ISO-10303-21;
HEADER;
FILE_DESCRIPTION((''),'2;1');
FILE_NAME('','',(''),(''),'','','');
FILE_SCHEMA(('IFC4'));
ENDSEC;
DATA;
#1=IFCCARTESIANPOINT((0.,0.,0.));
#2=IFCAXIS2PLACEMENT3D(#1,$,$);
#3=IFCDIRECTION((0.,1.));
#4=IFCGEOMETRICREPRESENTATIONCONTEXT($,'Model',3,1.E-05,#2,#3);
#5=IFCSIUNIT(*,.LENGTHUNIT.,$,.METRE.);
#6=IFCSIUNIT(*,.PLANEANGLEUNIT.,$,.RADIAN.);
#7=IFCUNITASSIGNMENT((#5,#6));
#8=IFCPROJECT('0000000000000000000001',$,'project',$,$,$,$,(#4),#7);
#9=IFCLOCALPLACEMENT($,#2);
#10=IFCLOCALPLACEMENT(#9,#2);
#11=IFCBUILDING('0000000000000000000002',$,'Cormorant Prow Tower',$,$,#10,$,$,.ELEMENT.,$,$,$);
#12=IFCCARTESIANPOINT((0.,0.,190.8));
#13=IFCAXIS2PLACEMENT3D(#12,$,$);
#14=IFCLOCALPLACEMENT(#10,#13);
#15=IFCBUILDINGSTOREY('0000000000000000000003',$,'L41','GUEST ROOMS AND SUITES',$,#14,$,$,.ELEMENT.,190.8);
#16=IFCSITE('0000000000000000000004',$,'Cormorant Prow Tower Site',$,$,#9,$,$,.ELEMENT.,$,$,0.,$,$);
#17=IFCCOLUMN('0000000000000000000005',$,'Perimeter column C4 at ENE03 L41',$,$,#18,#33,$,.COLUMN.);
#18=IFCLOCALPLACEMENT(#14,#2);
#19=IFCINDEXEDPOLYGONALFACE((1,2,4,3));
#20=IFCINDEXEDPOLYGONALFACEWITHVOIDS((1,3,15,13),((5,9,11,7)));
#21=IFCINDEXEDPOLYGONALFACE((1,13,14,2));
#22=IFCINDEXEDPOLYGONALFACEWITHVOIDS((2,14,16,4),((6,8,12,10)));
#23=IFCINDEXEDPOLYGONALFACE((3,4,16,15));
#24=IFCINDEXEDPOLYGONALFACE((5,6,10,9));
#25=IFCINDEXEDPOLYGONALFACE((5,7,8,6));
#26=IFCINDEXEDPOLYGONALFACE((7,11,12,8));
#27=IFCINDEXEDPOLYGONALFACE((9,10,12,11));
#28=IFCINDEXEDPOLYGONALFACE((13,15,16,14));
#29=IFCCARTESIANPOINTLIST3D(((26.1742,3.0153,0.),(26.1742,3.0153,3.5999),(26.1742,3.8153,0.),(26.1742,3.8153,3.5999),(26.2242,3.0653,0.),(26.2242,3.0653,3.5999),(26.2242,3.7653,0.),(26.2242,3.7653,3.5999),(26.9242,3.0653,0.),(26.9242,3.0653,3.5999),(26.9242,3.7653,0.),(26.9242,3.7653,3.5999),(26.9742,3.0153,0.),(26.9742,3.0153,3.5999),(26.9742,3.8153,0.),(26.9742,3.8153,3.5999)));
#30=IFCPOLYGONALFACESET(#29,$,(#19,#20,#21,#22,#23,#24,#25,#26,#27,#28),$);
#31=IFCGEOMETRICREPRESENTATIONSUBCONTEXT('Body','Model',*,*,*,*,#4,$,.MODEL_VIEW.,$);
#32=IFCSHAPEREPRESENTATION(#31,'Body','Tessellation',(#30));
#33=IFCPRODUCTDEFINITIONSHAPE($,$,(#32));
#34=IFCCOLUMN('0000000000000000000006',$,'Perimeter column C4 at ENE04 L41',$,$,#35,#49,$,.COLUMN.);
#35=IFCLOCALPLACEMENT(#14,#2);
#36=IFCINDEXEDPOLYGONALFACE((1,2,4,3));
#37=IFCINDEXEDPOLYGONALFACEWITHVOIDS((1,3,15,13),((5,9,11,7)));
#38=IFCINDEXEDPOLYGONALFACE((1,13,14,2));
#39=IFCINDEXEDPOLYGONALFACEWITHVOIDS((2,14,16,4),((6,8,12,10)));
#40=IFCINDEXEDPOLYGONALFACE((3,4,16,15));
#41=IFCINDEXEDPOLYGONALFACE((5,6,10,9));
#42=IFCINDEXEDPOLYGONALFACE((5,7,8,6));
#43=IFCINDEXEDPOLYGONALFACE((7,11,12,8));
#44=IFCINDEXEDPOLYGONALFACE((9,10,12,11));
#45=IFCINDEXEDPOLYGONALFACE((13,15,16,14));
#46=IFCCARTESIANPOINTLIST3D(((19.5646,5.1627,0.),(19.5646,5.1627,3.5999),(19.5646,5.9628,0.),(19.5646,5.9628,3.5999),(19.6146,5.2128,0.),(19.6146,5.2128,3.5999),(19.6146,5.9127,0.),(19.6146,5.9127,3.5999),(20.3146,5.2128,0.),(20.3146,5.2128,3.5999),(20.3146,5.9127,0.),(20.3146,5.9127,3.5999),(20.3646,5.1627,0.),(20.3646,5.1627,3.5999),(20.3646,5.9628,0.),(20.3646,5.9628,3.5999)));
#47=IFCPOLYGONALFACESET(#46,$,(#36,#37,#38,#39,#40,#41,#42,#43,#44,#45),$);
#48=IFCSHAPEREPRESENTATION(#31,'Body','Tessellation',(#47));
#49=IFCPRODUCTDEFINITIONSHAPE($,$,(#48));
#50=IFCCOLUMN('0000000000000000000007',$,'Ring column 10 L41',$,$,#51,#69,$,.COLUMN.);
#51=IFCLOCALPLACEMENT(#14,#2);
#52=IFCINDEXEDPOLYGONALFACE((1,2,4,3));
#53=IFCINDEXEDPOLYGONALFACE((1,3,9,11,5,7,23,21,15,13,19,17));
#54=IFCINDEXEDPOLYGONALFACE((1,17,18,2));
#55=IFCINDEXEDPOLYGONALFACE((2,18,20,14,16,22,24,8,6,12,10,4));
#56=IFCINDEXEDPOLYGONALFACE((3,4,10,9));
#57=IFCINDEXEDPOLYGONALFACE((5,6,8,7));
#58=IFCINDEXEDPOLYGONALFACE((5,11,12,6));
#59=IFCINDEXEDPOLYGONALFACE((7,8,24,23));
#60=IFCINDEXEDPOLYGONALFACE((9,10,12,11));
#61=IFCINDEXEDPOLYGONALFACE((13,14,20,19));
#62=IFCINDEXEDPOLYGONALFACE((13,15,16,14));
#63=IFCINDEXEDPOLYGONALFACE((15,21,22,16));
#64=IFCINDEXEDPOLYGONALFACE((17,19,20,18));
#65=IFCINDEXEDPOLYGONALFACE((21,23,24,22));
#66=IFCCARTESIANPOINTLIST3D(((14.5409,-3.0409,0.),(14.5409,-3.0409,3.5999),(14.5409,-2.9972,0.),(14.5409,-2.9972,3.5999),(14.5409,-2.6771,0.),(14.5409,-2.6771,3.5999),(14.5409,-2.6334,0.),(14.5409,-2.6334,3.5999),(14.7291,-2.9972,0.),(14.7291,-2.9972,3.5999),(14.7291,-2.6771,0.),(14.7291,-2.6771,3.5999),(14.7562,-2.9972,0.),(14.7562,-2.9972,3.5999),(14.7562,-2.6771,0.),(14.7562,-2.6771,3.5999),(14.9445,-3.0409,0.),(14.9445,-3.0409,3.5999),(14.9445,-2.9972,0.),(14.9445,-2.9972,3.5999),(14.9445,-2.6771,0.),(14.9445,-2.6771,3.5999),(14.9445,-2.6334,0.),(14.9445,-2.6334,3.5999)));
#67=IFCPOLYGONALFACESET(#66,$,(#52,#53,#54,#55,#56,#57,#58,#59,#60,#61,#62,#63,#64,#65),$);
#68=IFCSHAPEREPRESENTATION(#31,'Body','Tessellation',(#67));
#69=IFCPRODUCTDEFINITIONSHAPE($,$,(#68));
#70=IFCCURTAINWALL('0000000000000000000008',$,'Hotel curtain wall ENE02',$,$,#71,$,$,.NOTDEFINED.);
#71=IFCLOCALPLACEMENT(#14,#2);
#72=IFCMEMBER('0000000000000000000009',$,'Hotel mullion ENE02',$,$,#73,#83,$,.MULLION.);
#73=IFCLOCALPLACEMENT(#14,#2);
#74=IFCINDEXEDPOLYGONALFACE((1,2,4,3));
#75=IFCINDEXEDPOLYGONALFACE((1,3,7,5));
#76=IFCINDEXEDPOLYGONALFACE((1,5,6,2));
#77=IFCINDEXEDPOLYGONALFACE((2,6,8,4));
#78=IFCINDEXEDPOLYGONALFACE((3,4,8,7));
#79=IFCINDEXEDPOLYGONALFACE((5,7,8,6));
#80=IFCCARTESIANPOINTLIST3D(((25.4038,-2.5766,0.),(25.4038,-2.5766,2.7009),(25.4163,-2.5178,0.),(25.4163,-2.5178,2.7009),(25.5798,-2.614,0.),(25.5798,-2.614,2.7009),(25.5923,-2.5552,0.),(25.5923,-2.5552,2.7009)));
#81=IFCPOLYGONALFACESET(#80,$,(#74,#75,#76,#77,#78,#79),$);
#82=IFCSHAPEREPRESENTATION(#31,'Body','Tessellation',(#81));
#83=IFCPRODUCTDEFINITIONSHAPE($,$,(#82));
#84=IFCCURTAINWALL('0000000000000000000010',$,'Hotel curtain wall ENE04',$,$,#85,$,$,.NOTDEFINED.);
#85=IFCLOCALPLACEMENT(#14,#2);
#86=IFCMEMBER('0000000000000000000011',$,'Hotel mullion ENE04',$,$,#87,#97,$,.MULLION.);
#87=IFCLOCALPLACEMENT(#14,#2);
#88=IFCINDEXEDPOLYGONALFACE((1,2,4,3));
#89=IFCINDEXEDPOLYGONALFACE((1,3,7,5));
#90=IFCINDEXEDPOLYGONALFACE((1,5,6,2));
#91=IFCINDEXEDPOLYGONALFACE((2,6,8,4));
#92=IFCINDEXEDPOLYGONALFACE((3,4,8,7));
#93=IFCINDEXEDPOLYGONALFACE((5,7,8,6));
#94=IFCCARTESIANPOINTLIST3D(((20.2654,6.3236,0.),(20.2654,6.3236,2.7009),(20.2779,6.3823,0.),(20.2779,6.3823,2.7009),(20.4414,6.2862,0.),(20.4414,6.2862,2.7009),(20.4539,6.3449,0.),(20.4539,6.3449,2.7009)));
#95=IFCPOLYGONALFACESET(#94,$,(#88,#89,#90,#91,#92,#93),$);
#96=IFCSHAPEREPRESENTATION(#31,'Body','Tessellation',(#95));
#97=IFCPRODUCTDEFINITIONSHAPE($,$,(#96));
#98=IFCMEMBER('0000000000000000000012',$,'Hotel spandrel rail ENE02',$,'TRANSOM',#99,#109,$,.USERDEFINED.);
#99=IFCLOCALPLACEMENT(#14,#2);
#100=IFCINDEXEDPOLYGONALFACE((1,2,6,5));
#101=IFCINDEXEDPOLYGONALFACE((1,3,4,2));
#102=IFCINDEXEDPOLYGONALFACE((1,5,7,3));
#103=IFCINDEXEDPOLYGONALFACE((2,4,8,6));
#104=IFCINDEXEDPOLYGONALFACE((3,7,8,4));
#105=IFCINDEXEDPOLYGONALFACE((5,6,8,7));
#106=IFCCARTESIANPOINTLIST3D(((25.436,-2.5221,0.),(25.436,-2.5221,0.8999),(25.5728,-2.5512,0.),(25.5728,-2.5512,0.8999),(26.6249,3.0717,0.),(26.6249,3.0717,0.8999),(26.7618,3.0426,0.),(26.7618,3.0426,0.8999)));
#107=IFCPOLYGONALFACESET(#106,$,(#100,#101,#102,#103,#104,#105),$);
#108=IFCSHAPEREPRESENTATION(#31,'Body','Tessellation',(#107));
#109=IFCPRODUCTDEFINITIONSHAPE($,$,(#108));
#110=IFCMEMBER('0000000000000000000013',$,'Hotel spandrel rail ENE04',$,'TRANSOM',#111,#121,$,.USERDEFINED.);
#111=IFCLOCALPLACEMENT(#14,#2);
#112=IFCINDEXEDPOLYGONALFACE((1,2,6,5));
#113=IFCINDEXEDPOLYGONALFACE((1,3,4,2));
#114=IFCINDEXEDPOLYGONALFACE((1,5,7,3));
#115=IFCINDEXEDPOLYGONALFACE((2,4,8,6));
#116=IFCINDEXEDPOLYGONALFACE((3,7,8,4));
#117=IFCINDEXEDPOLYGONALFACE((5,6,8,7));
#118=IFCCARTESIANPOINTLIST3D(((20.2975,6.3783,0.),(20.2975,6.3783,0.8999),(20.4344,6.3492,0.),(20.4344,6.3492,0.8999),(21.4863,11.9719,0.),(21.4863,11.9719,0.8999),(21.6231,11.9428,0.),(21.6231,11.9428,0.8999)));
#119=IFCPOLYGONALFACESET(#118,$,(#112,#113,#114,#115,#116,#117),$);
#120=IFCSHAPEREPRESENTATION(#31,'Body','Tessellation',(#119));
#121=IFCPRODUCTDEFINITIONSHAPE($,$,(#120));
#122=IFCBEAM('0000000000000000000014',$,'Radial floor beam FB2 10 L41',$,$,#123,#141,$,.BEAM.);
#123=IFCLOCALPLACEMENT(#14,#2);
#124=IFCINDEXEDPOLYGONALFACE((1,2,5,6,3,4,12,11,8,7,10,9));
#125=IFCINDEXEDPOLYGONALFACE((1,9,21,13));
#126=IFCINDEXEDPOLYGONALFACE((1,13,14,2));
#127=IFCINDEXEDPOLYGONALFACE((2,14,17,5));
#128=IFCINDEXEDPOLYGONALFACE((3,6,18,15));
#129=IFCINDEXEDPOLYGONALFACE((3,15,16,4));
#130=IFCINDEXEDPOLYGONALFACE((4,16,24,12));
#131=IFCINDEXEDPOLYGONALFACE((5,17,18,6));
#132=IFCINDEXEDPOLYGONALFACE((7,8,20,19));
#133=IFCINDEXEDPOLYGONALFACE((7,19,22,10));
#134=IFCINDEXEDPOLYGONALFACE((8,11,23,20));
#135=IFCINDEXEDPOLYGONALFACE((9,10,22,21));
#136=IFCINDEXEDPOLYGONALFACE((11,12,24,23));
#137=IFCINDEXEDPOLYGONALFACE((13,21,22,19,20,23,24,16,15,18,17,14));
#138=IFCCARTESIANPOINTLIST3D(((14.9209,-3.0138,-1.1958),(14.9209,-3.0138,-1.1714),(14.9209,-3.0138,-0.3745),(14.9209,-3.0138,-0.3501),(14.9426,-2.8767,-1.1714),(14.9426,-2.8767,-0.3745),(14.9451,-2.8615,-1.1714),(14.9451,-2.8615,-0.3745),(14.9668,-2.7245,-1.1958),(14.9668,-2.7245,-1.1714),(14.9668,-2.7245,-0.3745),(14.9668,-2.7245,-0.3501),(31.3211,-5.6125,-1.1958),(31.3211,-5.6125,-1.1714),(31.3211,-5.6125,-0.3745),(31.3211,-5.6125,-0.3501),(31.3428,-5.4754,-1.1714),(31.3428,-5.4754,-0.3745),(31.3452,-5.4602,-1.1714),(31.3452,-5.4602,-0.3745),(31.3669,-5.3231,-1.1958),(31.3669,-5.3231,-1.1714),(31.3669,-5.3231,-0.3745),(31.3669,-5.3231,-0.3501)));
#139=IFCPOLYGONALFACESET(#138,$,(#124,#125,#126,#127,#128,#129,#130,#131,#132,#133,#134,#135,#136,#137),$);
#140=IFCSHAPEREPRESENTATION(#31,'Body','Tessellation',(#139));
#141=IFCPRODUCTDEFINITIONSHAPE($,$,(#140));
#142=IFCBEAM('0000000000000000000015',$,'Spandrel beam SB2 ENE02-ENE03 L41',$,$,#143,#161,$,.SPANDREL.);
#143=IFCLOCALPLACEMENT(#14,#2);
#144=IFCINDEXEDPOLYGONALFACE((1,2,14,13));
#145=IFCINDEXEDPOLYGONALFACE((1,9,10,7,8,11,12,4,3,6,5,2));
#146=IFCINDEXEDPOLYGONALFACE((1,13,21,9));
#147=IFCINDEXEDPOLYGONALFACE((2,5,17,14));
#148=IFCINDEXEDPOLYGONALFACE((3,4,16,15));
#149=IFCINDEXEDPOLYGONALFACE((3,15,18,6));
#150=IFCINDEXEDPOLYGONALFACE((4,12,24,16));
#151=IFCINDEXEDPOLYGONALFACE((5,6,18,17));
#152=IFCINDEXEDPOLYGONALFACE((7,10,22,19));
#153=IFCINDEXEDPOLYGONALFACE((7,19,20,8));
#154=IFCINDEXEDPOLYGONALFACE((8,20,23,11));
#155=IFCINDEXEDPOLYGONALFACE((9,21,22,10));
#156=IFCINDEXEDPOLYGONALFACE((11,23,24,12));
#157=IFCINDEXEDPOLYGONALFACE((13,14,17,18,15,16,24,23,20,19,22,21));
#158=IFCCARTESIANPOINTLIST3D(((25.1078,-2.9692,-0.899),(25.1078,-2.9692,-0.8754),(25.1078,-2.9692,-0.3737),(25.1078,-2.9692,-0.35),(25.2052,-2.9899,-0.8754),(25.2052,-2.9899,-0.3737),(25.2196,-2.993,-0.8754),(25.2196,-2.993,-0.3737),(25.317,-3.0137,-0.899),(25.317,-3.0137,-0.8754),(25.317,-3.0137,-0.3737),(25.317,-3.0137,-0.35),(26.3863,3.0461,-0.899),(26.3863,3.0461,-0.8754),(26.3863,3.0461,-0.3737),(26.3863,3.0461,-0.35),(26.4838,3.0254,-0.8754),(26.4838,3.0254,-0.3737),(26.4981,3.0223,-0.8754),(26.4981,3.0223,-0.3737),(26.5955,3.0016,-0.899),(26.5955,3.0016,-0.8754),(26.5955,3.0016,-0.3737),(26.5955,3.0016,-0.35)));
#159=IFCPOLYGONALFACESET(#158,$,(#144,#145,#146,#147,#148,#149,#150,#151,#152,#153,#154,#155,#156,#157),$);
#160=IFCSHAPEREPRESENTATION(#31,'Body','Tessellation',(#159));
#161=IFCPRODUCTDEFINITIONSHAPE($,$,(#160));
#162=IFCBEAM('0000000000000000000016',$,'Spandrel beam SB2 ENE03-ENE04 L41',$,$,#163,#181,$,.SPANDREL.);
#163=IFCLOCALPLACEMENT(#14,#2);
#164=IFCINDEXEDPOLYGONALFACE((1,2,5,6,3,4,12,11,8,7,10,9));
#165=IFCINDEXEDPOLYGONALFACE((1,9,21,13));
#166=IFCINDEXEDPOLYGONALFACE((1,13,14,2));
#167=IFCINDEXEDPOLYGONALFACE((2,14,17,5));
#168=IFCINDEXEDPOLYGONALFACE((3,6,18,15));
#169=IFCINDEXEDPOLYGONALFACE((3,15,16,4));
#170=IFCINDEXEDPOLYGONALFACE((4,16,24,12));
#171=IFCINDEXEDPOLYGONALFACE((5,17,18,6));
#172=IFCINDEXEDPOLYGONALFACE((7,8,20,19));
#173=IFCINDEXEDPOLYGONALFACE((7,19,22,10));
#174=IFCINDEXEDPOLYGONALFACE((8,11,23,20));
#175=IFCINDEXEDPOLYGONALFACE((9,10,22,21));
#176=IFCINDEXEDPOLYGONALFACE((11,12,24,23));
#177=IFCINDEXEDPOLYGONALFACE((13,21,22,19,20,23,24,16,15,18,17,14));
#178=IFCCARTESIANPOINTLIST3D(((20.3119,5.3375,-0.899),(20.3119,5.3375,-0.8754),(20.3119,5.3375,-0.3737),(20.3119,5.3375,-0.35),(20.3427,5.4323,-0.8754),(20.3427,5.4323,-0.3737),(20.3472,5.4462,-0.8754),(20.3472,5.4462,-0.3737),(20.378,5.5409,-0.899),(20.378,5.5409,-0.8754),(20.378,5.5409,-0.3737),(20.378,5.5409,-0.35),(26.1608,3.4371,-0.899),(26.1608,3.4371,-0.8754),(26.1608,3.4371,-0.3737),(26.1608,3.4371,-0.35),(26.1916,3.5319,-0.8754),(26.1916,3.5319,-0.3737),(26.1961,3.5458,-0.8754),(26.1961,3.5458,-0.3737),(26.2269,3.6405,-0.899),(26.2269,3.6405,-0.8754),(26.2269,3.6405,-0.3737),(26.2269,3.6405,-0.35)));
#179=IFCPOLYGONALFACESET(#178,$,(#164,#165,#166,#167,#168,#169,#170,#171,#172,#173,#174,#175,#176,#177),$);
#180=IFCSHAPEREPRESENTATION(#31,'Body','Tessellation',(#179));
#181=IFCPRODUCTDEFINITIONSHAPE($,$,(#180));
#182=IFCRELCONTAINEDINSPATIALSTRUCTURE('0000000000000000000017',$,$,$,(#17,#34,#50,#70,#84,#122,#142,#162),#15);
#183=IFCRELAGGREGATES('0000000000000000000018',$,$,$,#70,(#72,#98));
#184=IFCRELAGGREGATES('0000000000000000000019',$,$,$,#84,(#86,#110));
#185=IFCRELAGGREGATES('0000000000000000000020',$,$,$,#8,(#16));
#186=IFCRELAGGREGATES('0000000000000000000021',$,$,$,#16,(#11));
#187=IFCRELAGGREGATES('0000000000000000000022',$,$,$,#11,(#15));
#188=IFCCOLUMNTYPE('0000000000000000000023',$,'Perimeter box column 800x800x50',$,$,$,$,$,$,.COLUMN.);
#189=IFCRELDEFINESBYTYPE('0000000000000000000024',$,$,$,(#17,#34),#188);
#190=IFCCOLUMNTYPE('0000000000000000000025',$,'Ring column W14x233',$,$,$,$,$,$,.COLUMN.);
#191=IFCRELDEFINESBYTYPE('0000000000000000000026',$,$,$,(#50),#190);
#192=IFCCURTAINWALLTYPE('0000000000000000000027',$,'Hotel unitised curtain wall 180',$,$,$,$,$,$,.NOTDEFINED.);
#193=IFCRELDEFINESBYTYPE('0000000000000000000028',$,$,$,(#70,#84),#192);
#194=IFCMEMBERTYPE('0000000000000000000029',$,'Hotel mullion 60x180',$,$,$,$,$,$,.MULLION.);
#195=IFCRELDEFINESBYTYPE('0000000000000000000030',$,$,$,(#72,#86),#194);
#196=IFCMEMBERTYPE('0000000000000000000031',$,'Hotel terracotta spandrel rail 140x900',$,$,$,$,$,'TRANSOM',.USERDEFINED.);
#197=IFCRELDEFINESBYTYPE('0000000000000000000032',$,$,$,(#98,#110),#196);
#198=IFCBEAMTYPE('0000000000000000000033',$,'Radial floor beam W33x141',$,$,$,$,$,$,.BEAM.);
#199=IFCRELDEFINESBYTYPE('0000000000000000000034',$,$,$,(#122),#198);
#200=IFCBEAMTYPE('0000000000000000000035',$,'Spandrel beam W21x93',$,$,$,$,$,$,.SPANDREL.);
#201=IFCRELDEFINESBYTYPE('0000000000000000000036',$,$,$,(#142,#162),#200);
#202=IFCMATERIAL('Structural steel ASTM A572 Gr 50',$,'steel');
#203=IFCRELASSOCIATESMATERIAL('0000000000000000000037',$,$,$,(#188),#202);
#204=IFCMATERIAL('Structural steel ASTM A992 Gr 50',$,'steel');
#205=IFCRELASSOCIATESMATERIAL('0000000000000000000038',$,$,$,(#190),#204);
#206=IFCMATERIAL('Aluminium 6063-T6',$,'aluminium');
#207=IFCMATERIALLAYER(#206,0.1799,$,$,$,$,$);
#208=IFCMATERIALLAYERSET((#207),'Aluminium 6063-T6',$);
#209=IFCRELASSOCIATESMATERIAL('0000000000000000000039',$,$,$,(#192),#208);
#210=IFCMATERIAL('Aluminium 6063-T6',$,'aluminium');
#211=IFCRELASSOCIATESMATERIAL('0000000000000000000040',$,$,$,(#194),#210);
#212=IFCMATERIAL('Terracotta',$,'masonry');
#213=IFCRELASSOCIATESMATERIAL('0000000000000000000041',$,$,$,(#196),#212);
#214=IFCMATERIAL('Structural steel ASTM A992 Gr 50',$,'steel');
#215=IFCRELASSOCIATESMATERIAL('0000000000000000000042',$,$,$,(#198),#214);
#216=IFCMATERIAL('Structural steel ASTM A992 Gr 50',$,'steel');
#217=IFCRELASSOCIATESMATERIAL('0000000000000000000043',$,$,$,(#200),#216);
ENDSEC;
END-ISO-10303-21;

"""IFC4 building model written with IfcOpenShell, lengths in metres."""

from ifc_helpers import new_model, si_unit, direction, frame, origin, origin_2d, place, context, subcontext, project, spatial, rectangle, hollow_rectangle, i_section, extrude, material, layer, layer_set, material_profile, profile_set, type_object, element, aggregate, save


model = new_model("IFC4")

# Units and contexts
model_context = context("Model", 3, precision=1e-05, world=origin(), true_north=direction((0.0, 1.0)))
body_context = subcontext(model_context, "Body", "Model", "MODEL_VIEW")
ifc_project = project(units=[si_unit("LENGTHUNIT", "METRE"), si_unit("PLANEANGLEUNIT", "RADIAN")], contexts=[model_context])

# Site, building, storey
site_placement = place(None, origin())
site = spatial("IfcSite", under=ifc_project, at=site_placement, Name="Cormorant Prow Tower Site", CompositionType="ELEMENT", RefElevation=0.0)
building_placement = place(site_placement, origin())
building = spatial("IfcBuilding", under=site, at=building_placement, Name="Cormorant Prow Tower", CompositionType="ELEMENT")
storey_placement = place(building_placement, frame((0.0, 0.0, 190.8)))
storey = spatial("IfcBuildingStorey", under=building, at=storey_placement, Name="L41", Description="GUEST ROOMS AND SUITES", CompositionType="ELEMENT", Elevation=190.8)

# Columns
ifc_material_1 = material(Name="Structural steel ASTM A572 Gr 50", Category="steel")
ifc_material_profile_1 = material_profile(ifc_material_1, hollow_rectangle(XDim=0.8, YDim=0.8, WallThickness=0.05, at=origin_2d()), Name="Box 800x800x50")
ifc_profile_set_1 = profile_set([ifc_material_profile_1], Name="Structural steel ASTM A572 Gr 50")
column_type_1 = type_object("IfcColumnType", Name="Perimeter box column 800x800x50", PredefinedType="COLUMN", material=ifc_profile_set_1)
for number, where, z_axis, x_axis, name in (
    (1, (26.5742, 3.4153, 0.0), (0.0, 0.0, 1.0), (1.0, 0.0, 0.0), "Perimeter column C4 at ENE03 L41"),
    (2, (19.9646, 5.5627, 0.0), (0.0, 0.0, 1.0), (1.0, 0.0, 0.0), "Perimeter column C4 at ENE04 L41"),
):
    element("IfcColumn", number, at=place(storey_placement, frame(where, z_axis=z_axis, x_axis=x_axis)), inside=storey, type_object=column_type_1, Name=name, PredefinedType="COLUMN", context=body_context, shape_type="SweptSolid", body=[
        extrude(hollow_rectangle(XDim=0.8, YDim=0.8, WallThickness=0.05, at=origin_2d()), origin(), (0.0, 0.0, 1.0), 3.5999),
    ])
ifc_material_2 = material(Name="Structural steel ASTM A992 Gr 50", Category="steel")
ifc_material_profile_2 = material_profile(ifc_material_2, i_section(OverallWidth=0.4036, OverallDepth=0.4075, WebThickness=0.0271, FlangeThickness=0.0437, at=origin_2d()), Name="W14x233")
ifc_profile_set_2 = profile_set([ifc_material_profile_2], Name="Structural steel ASTM A992 Gr 50")
column_type_2 = type_object("IfcColumnType", Name="Ring column W14x233", PredefinedType="COLUMN", material=ifc_profile_set_2)
column_placement = place(storey_placement, frame((14.7427, -2.8372, 0.0), z_axis=(0.0, 0.0, 1.0), x_axis=(1.0, 0.0, 0.0)))
element("IfcColumn", 3, at=column_placement, inside=storey, type_object=column_type_2, Name="Ring column 10 L41", PredefinedType="COLUMN", context=body_context, shape_type="SweptSolid", body=[
    extrude(i_section(OverallWidth=0.4036, OverallDepth=0.4075, WebThickness=0.0271, FlangeThickness=0.0437, at=origin_2d()), origin(), (0.0, 0.0, 1.0), 3.5999),
])

# Curtain walls, members
ifc_material_3 = material(Name="Aluminium 6063-T6", Category="aluminium")
ifc_layer_1 = layer(ifc_material_3, 0.1799)
ifc_layer_set_1 = layer_set([ifc_layer_1], Name="Aluminium 6063-T6")
curtain_wall_type = type_object("IfcCurtainWallType", Name="Hotel unitised curtain wall 180", PredefinedType="NOTDEFINED", material=ifc_layer_set_1)
curtain_wall_1_placement = place(storey_placement, origin())
curtain_wall_1 = element("IfcCurtainWall", 4, at=curtain_wall_1_placement, inside=storey, type_object=curtain_wall_type, Name="Hotel curtain wall ENE02", PredefinedType="NOTDEFINED")
ifc_material_4 = material(Name="Aluminium 6063-T6", Category="aluminium")
ifc_material_profile_3 = material_profile(ifc_material_4, rectangle(XDim=0.1799, YDim=0.0601, at=origin_2d()), Name="Hotel mullion 60x180")
ifc_profile_set_3 = profile_set([ifc_material_profile_3], Name="Aluminium 6063-T6")
member_type_1 = type_object("IfcMemberType", Name="Hotel mullion 60x180", PredefinedType="MULLION", material=ifc_profile_set_3)
member_1_placement = place(storey_placement, frame((25.498, -2.5659, 0.0), z_axis=(0.0, 0.0, 1.0), x_axis=(-0.978148, 0.207912, 0.0)))
member_1 = element("IfcMember", 5, at=member_1_placement, type_object=member_type_1, Name="Hotel mullion ENE02", PredefinedType="MULLION", context=body_context, shape_type="SweptSolid", body=[
    extrude(rectangle(XDim=0.1799, YDim=0.0601, at=origin_2d()), origin(), (0.0, 0.0, 1.0), 2.7009),
])
curtain_wall_2_placement = place(storey_placement, origin())
curtain_wall_2 = element("IfcCurtainWall", 6, at=curtain_wall_2_placement, inside=storey, type_object=curtain_wall_type, Name="Hotel curtain wall ENE04", PredefinedType="NOTDEFINED")
member_2_placement = place(storey_placement, frame((20.3596, 6.3342, 0.0), z_axis=(0.0, 0.0, 1.0), x_axis=(-0.978148, 0.207912, 0.0)))
member_2 = element("IfcMember", 7, at=member_2_placement, type_object=member_type_1, Name="Hotel mullion ENE04", PredefinedType="MULLION", context=body_context, shape_type="SweptSolid", body=[
    extrude(rectangle(XDim=0.1799, YDim=0.0601, at=origin_2d()), origin(), (0.0, 0.0, 1.0), 2.7009),
])

# Members
ifc_material_5 = material(Name="Terracotta", Category="masonry")
ifc_material_profile_4 = material_profile(ifc_material_5, rectangle(XDim=0.1399, YDim=0.8999, at=origin_2d()), Name="Hotel terracotta spandrel rail 140x900")
ifc_profile_set_4 = profile_set([ifc_material_profile_4], Name="Terracotta")
member_type_2 = type_object("IfcMemberType", Name="Hotel terracotta spandrel rail 140x900", ElementType="TRANSOM", PredefinedType="USERDEFINED", material=ifc_profile_set_4)
member_3_placement = place(storey_placement, frame((25.5044, -2.5366, 0.45), z_axis=(0.207908, 0.978148, 0.0), x_axis=(-0.978148, 0.207908, 0.0)))
member_3 = element("IfcMember", 8, at=member_3_placement, type_object=member_type_2, Name="Hotel spandrel rail ENE02", ObjectType="TRANSOM", PredefinedType="USERDEFINED", context=body_context, shape_type="SweptSolid", body=[
    extrude(rectangle(XDim=0.1399, YDim=0.8999, at=origin_2d()), origin(), (0.0, 0.0, 1.0), 5.7188),
])
member_4_placement = place(storey_placement, frame((20.366, 6.3638, 0.45), z_axis=(0.207876, 0.978155, 0.0), x_axis=(-0.978155, 0.207876, 0.0)))
member_4 = element("IfcMember", 9, at=member_4_placement, type_object=member_type_2, Name="Hotel spandrel rail ENE04", ObjectType="TRANSOM", PredefinedType="USERDEFINED", context=body_context, shape_type="SweptSolid", body=[
    extrude(rectangle(XDim=0.1399, YDim=0.8999, at=origin_2d()), origin(), (0.0, 0.0, 1.0), 5.7185),
])

# Beams
ifc_material_6 = material(Name="Structural steel ASTM A992 Gr 50", Category="steel")
ifc_material_profile_5 = material_profile(ifc_material_6, i_section(OverallWidth=0.293, OverallDepth=0.8457, WebThickness=0.0154, FlangeThickness=0.0244, at=origin_2d()), Name="W33x141")
ifc_profile_set_5 = profile_set([ifc_material_profile_5], Name="Structural steel ASTM A992 Gr 50")
beam_type_1 = type_object("IfcBeamType", Name="Radial floor beam W33x141", PredefinedType="BEAM", material=ifc_profile_set_5)
beam_1_placement = place(storey_placement, frame((14.9438, -2.8691, -0.7729), z_axis=(0.987678, -0.156499, 0.0), x_axis=(0.156499, 0.987678, 0.0)))
element("IfcBeam", 10, at=beam_1_placement, inside=storey, type_object=beam_type_1, Name="Radial floor beam FB2 10 L41", PredefinedType="BEAM", context=body_context, shape_type="SweptSolid", body=[
    extrude(i_section(OverallWidth=0.293, OverallDepth=0.8457, WebThickness=0.0154, FlangeThickness=0.0244, at=origin_2d()), origin(), (0.0, 0.0, 1.0), 16.6047),
])
ifc_material_7 = material(Name="Structural steel ASTM A992 Gr 50", Category="steel")
ifc_material_profile_6 = material_profile(ifc_material_7, i_section(OverallWidth=0.2139, OverallDepth=0.5491, WebThickness=0.0146, FlangeThickness=0.0237, at=origin_2d()), Name="W21x93")
ifc_profile_set_6 = profile_set([ifc_material_profile_6], Name="Structural steel ASTM A992 Gr 50")
beam_type_2 = type_object("IfcBeamType", Name="Spandrel beam W21x93", PredefinedType="SPANDREL", material=ifc_profile_set_6)
beam_2_placement = place(storey_placement, frame((25.2124, -2.9915, -0.6245), z_axis=(0.207905, 0.978149, 0.0), x_axis=(-0.978149, 0.207905, 0.0)))
element("IfcBeam", 11, at=beam_2_placement, inside=storey, type_object=beam_type_2, Name="Spandrel beam SB2 ENE02-ENE03 L41", PredefinedType="SPANDREL", context=body_context, shape_type="SweptSolid", body=[
    extrude(i_section(OverallWidth=0.2139, OverallDepth=0.5491, WebThickness=0.0146, FlangeThickness=0.0237, at=origin_2d()), origin(), (0.0, 0.0, 1.0), 6.1497),
])
beam_3_placement = place(storey_placement, frame((26.1938, 3.5388, -0.6245), z_axis=(-0.951058, 0.309013, 0.0), x_axis=(-0.309013, -0.951058, 0.0)))
element("IfcBeam", 12, at=beam_3_placement, inside=storey, type_object=beam_type_2, Name="Spandrel beam SB2 ENE03-ENE04 L41", PredefinedType="SPANDREL", context=body_context, shape_type="SweptSolid", body=[
    extrude(i_section(OverallWidth=0.2139, OverallDepth=0.5491, WebThickness=0.0146, FlangeThickness=0.0237, at=origin_2d()), origin(), (0.0, 0.0, 1.0), 6.1499),
])

aggregate(curtain_wall_1, [member_1, member_3])
aggregate(curtain_wall_2, [member_2, member_4])

save(model, "model.ifc")
